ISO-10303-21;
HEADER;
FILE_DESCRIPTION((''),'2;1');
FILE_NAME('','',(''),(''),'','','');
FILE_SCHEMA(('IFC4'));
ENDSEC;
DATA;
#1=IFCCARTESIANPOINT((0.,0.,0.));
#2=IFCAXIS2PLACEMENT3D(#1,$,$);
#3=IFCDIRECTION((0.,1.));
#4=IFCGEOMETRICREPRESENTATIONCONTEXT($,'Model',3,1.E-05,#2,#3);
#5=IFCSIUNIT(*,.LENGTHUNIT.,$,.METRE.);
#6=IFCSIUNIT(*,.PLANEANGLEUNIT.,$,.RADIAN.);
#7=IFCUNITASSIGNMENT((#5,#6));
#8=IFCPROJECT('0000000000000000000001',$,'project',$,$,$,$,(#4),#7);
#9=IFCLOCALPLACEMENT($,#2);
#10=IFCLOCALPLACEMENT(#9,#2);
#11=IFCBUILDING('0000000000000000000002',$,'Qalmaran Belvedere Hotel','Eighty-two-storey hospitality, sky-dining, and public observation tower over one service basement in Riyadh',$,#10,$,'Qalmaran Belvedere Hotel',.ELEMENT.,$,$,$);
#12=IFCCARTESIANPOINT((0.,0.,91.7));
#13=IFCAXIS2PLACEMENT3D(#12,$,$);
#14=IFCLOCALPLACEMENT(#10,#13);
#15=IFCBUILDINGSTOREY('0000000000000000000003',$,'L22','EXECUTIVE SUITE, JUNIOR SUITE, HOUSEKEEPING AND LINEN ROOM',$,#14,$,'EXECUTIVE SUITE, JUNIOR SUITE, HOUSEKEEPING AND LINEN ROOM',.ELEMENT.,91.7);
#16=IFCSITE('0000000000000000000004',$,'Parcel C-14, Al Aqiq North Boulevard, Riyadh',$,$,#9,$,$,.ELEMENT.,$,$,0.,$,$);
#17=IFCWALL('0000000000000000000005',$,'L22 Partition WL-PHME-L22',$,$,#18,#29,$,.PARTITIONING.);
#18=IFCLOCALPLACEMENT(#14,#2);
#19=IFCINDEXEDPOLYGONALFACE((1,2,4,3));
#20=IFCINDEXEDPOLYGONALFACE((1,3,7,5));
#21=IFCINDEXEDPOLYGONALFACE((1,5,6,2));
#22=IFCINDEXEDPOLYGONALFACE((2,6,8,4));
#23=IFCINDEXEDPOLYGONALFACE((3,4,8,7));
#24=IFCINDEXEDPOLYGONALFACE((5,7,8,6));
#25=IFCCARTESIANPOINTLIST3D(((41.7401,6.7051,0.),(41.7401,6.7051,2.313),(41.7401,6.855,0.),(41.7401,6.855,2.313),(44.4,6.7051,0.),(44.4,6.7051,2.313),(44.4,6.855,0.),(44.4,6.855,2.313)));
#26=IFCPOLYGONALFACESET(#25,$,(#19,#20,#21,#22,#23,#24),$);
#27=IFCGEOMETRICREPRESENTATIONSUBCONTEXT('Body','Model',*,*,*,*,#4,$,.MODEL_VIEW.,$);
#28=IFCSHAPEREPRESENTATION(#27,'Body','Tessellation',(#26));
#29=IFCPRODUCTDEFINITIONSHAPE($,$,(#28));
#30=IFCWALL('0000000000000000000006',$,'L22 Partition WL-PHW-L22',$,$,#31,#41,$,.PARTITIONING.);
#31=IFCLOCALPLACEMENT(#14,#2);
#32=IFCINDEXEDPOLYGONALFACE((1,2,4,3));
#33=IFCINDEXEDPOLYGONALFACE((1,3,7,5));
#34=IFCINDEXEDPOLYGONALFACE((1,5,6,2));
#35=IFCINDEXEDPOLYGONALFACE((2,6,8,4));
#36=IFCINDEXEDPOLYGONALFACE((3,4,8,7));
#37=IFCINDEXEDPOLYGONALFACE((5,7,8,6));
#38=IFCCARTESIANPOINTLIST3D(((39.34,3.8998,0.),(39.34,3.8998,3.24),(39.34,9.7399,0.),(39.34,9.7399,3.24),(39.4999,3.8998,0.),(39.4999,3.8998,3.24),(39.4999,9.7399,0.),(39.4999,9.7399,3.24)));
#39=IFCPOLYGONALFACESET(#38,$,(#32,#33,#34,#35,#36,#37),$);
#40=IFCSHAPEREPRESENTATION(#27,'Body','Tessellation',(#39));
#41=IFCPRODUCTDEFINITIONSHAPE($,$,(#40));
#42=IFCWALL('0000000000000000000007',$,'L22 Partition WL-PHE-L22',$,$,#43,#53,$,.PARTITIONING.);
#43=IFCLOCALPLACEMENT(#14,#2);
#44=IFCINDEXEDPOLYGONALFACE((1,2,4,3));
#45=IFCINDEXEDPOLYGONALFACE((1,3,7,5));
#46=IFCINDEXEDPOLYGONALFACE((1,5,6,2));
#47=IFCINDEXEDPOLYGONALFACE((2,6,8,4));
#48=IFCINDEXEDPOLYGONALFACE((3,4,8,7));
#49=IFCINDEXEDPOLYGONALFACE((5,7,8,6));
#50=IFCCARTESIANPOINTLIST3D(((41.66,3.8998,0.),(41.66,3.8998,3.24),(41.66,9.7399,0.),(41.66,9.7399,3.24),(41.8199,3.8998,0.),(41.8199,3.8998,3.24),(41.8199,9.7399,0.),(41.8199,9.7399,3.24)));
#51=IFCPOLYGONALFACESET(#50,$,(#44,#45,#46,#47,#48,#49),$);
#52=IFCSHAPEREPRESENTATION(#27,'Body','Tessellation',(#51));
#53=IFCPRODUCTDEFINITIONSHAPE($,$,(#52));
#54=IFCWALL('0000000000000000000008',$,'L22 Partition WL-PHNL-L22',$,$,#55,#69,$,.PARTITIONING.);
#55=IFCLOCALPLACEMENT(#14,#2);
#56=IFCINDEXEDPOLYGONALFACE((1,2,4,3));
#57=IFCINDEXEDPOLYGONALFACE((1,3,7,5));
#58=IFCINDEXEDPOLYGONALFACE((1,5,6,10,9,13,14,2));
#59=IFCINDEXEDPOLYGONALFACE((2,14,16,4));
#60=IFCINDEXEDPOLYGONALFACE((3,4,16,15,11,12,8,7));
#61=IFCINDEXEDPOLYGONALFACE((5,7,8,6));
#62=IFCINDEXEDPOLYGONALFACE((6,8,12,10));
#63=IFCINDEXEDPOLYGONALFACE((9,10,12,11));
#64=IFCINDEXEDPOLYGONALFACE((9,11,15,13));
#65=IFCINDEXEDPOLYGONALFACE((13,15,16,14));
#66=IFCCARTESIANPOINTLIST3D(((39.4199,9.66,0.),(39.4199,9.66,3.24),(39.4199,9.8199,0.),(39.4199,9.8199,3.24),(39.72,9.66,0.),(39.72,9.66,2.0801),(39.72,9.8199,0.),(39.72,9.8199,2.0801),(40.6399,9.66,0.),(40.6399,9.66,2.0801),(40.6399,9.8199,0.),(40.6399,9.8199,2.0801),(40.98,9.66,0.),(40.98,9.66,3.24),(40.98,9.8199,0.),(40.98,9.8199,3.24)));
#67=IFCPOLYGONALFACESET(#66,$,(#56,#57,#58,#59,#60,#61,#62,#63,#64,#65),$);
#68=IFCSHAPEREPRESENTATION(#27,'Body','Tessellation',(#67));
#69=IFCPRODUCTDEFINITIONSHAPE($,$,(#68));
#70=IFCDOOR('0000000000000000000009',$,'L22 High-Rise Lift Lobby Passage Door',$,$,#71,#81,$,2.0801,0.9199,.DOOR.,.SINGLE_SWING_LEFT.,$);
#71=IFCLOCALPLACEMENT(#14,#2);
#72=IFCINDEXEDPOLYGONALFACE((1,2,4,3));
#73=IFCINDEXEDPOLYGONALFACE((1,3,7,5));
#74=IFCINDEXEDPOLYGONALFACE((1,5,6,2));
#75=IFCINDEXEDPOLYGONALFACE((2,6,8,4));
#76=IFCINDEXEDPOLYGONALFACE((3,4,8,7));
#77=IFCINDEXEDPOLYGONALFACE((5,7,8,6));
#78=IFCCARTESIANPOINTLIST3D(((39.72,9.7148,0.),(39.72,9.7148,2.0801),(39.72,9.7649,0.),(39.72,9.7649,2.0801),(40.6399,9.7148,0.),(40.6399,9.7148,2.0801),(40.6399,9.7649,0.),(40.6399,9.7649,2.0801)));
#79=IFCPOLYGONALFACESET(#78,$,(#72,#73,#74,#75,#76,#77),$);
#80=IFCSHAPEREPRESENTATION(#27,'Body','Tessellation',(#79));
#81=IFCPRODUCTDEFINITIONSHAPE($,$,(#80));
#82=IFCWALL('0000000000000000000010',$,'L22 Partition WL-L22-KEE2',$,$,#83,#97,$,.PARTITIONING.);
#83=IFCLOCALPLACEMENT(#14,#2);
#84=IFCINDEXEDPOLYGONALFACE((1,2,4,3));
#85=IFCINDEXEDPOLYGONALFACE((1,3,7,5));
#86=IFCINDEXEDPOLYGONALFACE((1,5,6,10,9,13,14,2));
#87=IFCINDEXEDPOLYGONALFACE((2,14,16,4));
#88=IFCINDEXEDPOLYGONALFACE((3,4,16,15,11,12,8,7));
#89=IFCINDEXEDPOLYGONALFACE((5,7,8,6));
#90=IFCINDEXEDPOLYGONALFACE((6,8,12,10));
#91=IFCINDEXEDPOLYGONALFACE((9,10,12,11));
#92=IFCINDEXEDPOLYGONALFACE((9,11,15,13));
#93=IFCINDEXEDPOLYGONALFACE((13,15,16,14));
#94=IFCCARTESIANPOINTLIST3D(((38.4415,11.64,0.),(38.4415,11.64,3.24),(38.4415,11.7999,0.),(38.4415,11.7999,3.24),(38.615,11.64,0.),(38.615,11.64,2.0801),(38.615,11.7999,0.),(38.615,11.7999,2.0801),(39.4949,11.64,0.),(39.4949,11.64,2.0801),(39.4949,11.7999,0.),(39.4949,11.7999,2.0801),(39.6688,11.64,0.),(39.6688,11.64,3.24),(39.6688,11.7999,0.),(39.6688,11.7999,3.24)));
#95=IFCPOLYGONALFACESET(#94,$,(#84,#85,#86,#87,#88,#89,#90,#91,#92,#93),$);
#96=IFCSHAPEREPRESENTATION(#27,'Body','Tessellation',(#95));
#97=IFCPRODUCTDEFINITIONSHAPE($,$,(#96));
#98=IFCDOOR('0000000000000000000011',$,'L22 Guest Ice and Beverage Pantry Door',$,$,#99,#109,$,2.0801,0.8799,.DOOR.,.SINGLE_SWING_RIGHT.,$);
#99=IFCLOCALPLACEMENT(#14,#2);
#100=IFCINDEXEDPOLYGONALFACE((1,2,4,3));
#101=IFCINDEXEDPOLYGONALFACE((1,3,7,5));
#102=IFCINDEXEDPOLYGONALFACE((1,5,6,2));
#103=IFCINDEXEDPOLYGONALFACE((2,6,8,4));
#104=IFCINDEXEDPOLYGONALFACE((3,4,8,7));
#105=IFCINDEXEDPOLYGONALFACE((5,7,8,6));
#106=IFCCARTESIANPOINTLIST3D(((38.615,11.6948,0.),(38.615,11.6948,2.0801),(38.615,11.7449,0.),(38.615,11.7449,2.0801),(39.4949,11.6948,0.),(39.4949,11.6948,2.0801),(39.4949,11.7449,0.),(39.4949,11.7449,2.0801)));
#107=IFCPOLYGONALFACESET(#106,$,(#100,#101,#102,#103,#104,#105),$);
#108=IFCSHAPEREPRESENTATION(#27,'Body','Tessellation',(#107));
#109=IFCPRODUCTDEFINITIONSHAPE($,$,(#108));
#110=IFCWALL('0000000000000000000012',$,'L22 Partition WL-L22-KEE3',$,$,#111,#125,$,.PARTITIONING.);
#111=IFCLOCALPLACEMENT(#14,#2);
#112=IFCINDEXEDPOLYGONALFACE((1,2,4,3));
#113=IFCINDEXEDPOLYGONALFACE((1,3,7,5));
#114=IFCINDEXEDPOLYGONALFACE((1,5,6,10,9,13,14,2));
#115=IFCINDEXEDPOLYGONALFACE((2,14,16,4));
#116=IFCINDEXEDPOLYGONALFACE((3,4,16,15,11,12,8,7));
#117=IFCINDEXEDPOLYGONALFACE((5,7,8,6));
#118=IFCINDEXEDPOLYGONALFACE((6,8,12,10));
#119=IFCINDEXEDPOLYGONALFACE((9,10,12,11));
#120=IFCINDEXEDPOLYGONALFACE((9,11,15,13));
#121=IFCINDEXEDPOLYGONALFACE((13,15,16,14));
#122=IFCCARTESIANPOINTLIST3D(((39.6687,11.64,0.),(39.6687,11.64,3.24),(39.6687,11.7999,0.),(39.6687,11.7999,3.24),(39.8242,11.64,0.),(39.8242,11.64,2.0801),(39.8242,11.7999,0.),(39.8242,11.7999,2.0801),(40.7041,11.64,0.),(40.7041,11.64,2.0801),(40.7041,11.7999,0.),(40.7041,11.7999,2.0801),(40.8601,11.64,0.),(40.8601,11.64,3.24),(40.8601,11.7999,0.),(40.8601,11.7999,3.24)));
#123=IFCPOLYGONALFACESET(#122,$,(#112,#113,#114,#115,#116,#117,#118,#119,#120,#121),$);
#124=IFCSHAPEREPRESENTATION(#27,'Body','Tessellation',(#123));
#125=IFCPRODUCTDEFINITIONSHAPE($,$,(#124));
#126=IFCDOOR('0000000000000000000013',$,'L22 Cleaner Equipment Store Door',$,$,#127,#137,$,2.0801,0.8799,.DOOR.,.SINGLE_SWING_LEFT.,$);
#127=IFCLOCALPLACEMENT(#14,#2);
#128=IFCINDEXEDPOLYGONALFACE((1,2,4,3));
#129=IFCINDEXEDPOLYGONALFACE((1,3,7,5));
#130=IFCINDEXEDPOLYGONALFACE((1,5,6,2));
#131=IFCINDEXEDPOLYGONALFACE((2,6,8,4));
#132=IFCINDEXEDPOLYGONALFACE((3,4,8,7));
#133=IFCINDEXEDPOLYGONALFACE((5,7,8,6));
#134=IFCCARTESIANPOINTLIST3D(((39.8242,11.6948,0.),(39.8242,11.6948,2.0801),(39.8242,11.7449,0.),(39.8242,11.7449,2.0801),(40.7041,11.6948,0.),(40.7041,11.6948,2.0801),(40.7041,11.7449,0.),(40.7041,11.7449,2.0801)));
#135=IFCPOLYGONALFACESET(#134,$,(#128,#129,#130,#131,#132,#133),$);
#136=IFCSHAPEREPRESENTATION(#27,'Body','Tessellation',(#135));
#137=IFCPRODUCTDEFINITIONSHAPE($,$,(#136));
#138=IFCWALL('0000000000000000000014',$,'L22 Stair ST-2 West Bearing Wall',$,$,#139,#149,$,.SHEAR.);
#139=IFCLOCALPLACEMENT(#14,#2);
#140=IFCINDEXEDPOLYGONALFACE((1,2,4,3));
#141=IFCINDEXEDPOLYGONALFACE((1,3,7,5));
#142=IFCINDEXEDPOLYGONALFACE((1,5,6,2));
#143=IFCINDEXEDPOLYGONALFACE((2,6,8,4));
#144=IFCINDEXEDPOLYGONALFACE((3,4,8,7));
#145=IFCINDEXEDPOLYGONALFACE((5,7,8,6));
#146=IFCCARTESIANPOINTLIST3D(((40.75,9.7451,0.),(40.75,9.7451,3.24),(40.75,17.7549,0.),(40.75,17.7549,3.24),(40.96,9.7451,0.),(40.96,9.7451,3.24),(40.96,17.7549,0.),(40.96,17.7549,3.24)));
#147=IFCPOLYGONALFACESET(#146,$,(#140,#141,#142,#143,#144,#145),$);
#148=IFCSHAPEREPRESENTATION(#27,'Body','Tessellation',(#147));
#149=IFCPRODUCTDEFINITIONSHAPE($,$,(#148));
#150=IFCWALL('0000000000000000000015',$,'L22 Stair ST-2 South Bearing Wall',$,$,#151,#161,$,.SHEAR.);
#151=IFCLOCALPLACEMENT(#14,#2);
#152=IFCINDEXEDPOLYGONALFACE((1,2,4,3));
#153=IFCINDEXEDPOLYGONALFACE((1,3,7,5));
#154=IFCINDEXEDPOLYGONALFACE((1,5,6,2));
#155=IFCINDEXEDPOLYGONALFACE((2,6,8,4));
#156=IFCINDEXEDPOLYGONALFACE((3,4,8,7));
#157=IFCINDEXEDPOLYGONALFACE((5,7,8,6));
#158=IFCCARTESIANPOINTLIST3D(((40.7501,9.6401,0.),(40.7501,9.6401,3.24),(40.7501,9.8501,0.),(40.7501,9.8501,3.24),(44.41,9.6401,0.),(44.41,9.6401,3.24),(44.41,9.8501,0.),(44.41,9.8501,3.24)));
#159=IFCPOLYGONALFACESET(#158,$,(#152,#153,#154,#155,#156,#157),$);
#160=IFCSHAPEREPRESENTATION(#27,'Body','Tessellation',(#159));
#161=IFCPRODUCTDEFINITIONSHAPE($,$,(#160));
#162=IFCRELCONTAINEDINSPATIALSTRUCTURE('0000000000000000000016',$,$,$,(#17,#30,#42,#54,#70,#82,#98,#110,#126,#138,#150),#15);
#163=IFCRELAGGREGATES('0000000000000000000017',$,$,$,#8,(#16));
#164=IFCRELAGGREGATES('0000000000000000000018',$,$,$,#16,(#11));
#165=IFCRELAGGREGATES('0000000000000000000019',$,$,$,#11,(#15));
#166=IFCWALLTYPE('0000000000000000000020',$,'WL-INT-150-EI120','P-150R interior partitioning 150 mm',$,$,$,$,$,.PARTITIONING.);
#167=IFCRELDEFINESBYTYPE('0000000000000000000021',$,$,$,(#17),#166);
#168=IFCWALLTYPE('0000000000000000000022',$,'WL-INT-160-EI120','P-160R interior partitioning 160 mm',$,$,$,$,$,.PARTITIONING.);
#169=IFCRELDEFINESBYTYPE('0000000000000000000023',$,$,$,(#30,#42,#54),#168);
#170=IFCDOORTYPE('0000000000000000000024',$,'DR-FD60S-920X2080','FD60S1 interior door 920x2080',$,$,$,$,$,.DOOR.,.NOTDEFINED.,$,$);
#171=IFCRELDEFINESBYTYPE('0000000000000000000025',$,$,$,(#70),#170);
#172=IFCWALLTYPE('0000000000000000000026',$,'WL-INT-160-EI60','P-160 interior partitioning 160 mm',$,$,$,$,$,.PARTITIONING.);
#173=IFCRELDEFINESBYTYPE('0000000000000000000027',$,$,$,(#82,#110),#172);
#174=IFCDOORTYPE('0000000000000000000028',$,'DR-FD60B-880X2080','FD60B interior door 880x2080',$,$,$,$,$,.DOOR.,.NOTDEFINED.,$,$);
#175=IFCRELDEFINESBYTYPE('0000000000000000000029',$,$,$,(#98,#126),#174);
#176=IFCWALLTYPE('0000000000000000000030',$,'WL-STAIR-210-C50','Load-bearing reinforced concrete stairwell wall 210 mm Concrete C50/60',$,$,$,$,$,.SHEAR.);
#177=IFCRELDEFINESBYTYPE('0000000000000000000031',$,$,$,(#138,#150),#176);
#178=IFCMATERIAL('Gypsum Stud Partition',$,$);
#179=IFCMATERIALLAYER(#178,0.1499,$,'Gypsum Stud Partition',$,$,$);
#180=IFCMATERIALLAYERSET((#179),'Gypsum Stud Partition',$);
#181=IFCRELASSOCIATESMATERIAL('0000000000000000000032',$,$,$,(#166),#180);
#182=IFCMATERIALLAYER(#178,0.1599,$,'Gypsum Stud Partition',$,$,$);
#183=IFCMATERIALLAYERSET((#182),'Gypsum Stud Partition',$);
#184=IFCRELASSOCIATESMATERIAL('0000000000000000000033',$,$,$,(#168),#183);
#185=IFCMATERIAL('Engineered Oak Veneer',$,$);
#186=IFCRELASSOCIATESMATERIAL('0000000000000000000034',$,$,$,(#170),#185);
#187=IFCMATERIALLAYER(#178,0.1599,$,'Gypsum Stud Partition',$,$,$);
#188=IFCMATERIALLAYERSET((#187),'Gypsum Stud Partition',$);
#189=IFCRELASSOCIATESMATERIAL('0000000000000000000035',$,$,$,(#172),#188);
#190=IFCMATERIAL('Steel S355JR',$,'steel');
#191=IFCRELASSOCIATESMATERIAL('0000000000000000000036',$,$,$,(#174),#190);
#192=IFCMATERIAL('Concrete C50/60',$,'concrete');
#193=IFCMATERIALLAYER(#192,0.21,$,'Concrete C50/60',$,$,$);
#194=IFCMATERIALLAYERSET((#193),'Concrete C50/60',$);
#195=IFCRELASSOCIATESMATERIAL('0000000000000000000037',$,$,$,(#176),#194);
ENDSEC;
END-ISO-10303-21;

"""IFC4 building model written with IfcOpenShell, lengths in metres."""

from ifc_helpers import new_model, si_unit, direction, frame, frame_2d, origin, place, context, subcontext, project, spatial, rectangle, extrude, material, layer, layer_set, type_object, element, fill, save


model = new_model("IFC4")

# Units and contexts
model_context = context("Model", 3, precision=1e-05, world=origin(), true_north=direction((0.0, 1.0)))
body_context = subcontext(model_context, "Body", "Model", "MODEL_VIEW")
ifc_project = project(units=[si_unit("LENGTHUNIT", "METRE"), si_unit("PLANEANGLEUNIT", "RADIAN")], contexts=[model_context])

# Site, building, storey
site_placement = place(None, origin())
site = spatial("IfcSite", under=ifc_project, at=site_placement, Name="Parcel C-14, Al Aqiq North Boulevard, Riyadh", CompositionType="ELEMENT", RefElevation=0.0)
building_placement = place(site_placement, origin())
building = spatial("IfcBuilding", under=site, at=building_placement, Name="Qalmaran Belvedere Hotel", Description="Eighty-two-storey hospitality, sky-dining, and public observation tower over one service basement in Riyadh", LongName="Qalmaran Belvedere Hotel", CompositionType="ELEMENT")
storey_placement = place(building_placement, frame((0.0, 0.0, 91.7)))
storey = spatial("IfcBuildingStorey", under=building, at=storey_placement, Name="L22", Description="EXECUTIVE SUITE, JUNIOR SUITE, HOUSEKEEPING AND LINEN ROOM", LongName="EXECUTIVE SUITE, JUNIOR SUITE, HOUSEKEEPING AND LINEN ROOM", CompositionType="ELEMENT", Elevation=91.7)

# Walls
ifc_material_1 = material(Name="Gypsum Stud Partition")
ifc_layer_1 = layer(ifc_material_1, 0.1499, Name="Gypsum Stud Partition")
ifc_layer_set_1 = layer_set([ifc_layer_1], Name="Gypsum Stud Partition")
wall_type_1 = type_object("IfcWallType", Name="WL-INT-150-EI120", Description="P-150R interior partitioning 150 mm", PredefinedType="PARTITIONING", material=ifc_layer_set_1)
wall_1_placement = place(storey_placement, frame((41.74, 6.78, 0.0), z_axis=(0.0, 0.0, 1.0), x_axis=(1.0, 0.0, 0.0)))
element("IfcWall", 1, at=wall_1_placement, inside=storey, type_object=wall_type_1, Name="L22 Partition WL-PHME-L22", PredefinedType="PARTITIONING", context=body_context, shape_type="SweptSolid", body=[
    extrude(rectangle(XDim=2.6599, YDim=0.1499, at=frame_2d((1.3301, 0.0))), origin(), (0.0, 0.0, 1.0), 2.313),
])
ifc_layer_2 = layer(ifc_material_1, 0.1599, Name="Gypsum Stud Partition")
ifc_layer_set_2 = layer_set([ifc_layer_2], Name="Gypsum Stud Partition")
wall_type_2 = type_object("IfcWallType", Name="WL-INT-160-EI120", Description="P-160R interior partitioning 160 mm", PredefinedType="PARTITIONING", material=ifc_layer_set_2)
for number, where, z_axis, x_axis, name in (
    (2, (39.4199, 3.8999, 0.0), (0.0, 0.0, 1.0), (0.0, 1.0, 0.0), "L22 Partition WL-PHW-L22"),
    (3, (41.74, 3.8999, 0.0), (0.0, 0.0, 1.0), (0.0, 1.0, 0.0), "L22 Partition WL-PHE-L22"),
):
    element("IfcWall", number, at=place(storey_placement, frame(where, z_axis=z_axis, x_axis=x_axis)), inside=storey, type_object=wall_type_2, Name=name, PredefinedType="PARTITIONING", context=body_context, shape_type="SweptSolid", body=[
        extrude(rectangle(XDim=5.8401, YDim=0.1599, at=frame_2d((2.9199, 0.0))), origin(), (0.0, 0.0, 1.0), 3.24),
    ])

# Walls, openings, doors
wall_2_placement = place(storey_placement, frame((39.4199, 9.74, 0.0), z_axis=(0.0, 0.0, 1.0), x_axis=(1.0, 0.0, 0.0)))
wall_2 = element("IfcWall", 4, at=wall_2_placement, inside=storey, type_object=wall_type_2, Name="L22 Partition WL-PHNL-L22", PredefinedType="PARTITIONING", context=body_context, shape_type="SweptSolid", body=[
    extrude(rectangle(XDim=1.5601, YDim=0.1599, at=frame_2d((0.78, 0.0))), origin(), (0.0, 0.0, 1.0), 3.24),
])
opening_1_placement = place(wall_2_placement, frame((0.3, 0.0, 0.0)))
opening_1 = element("IfcOpeningElement", 5, at=opening_1_placement, cuts=wall_2, PredefinedType="OPENING", context=body_context, shape_type="SweptSolid", body=[
    extrude(rectangle(XDim=0.9199, YDim=2.0801, at=frame_2d((0.46, 1.04))), frame((0.0, 0.0898, 0.0), z_axis=(0.0, -1.0, 0.0), x_axis=(1.0, 0.0, 0.0)), (0.0, 0.0, 1.0), 0.1799),
])
ifc_material_2 = material(Name="Engineered Oak Veneer")
door_type_1 = type_object("IfcDoorType", Name="DR-FD60S-920X2080", Description="FD60S1 interior door 920x2080", OperationType="NOTDEFINED", PredefinedType="DOOR", material=ifc_material_2)
door_1_placement = place(opening_1_placement, origin())
door_1 = element("IfcDoor", 6, at=door_1_placement, inside=storey, type_object=door_type_1, Name="L22 High-Rise Lift Lobby Passage Door", OperationType="SINGLE_SWING_LEFT", OverallHeight=2.0801, OverallWidth=0.9199, PredefinedType="DOOR", context=body_context, shape_type="SweptSolid", body=[
    extrude(rectangle(XDim=0.9199, YDim=2.0801, at=frame_2d((0.46, 1.04))), frame((0.0, 0.0249, 0.0), z_axis=(0.0, -1.0, 0.0), x_axis=(1.0, 0.0, 0.0)), (0.0, 0.0, 1.0), 0.05),
])
fill(opening_1, door_1)
ifc_layer_3 = layer(ifc_material_1, 0.1599, Name="Gypsum Stud Partition")
ifc_layer_set_3 = layer_set([ifc_layer_3], Name="Gypsum Stud Partition")
wall_type_3 = type_object("IfcWallType", Name="WL-INT-160-EI60", Description="P-160 interior partitioning 160 mm", PredefinedType="PARTITIONING", material=ifc_layer_set_3)
wall_3_placement = place(storey_placement, frame((38.4414, 11.72, 0.0), z_axis=(0.0, 0.0, 1.0), x_axis=(1.0, 0.0, 0.0)))
wall_3 = element("IfcWall", 7, at=wall_3_placement, inside=storey, type_object=wall_type_3, Name="L22 Partition WL-L22-KEE2", PredefinedType="PARTITIONING", context=body_context, shape_type="SweptSolid", body=[
    extrude(rectangle(XDim=1.2273, YDim=0.1599, at=frame_2d((0.6138, 0.0))), origin(), (0.0, 0.0, 1.0), 3.24),
])
opening_2_placement = place(wall_3_placement, frame((0.1736, 0.0, 0.0)))
opening_2 = element("IfcOpeningElement", 8, at=opening_2_placement, cuts=wall_3, PredefinedType="OPENING", context=body_context, shape_type="SweptSolid", body=[
    extrude(rectangle(XDim=0.8799, YDim=2.0801, at=frame_2d((0.4399, 1.04))), frame((0.0, 0.0898, 0.0), z_axis=(0.0, -1.0, 0.0), x_axis=(1.0, 0.0, 0.0)), (0.0, 0.0, 1.0), 0.1799),
])
ifc_material_3 = material(Name="Steel S355JR", Category="steel")
door_type_2 = type_object("IfcDoorType", Name="DR-FD60B-880X2080", Description="FD60B interior door 880x2080", OperationType="NOTDEFINED", PredefinedType="DOOR", material=ifc_material_3)
door_2_placement = place(opening_2_placement, origin())
door_2 = element("IfcDoor", 9, at=door_2_placement, inside=storey, type_object=door_type_2, Name="L22 Guest Ice and Beverage Pantry Door", OperationType="SINGLE_SWING_RIGHT", OverallHeight=2.0801, OverallWidth=0.8799, PredefinedType="DOOR", context=body_context, shape_type="SweptSolid", body=[
    extrude(rectangle(XDim=0.8799, YDim=2.0801, at=frame_2d((0.4399, 1.04))), frame((0.0, 0.0249, 0.0), z_axis=(0.0, -1.0, 0.0), x_axis=(1.0, 0.0, 0.0)), (0.0, 0.0, 1.0), 0.05),
])
fill(opening_2, door_2)
wall_4_placement = place(storey_placement, frame((39.6687, 11.72, 0.0), z_axis=(0.0, 0.0, 1.0), x_axis=(1.0, 0.0, 0.0)))
wall_4 = element("IfcWall", 10, at=wall_4_placement, inside=storey, type_object=wall_type_3, Name="L22 Partition WL-L22-KEE3", PredefinedType="PARTITIONING", context=body_context, shape_type="SweptSolid", body=[
    extrude(rectangle(XDim=1.1914, YDim=0.1599, at=frame_2d((0.5957, 0.0))), origin(), (0.0, 0.0, 1.0), 3.24),
])
opening_3_placement = place(wall_4_placement, frame((0.1555, 0.0, 0.0)))
opening_3 = element("IfcOpeningElement", 11, at=opening_3_placement, cuts=wall_4, PredefinedType="OPENING", context=body_context, shape_type="SweptSolid", body=[
    extrude(rectangle(XDim=0.8799, YDim=2.0801, at=frame_2d((0.4399, 1.04))), frame((0.0, 0.0898, 0.0), z_axis=(0.0, -1.0, 0.0), x_axis=(1.0, 0.0, 0.0)), (0.0, 0.0, 1.0), 0.1799),
])
door_3_placement = place(opening_3_placement, origin())
door_3 = element("IfcDoor", 12, at=door_3_placement, inside=storey, type_object=door_type_2, Name="L22 Cleaner Equipment Store Door", OperationType="SINGLE_SWING_LEFT", OverallHeight=2.0801, OverallWidth=0.8799, PredefinedType="DOOR", context=body_context, shape_type="SweptSolid", body=[
    extrude(rectangle(XDim=0.8799, YDim=2.0801, at=frame_2d((0.4399, 1.04))), frame((0.0, 0.0249, 0.0), z_axis=(0.0, -1.0, 0.0), x_axis=(1.0, 0.0, 0.0)), (0.0, 0.0, 1.0), 0.05),
])
fill(opening_3, door_3)

# Walls
ifc_material_4 = material(Name="Concrete C50/60", Category="concrete")
ifc_layer_4 = layer(ifc_material_4, 0.21, Name="Concrete C50/60")
ifc_layer_set_4 = layer_set([ifc_layer_4], Name="Concrete C50/60")
wall_type_4 = type_object("IfcWallType", Name="WL-STAIR-210-C50", Description="Load-bearing reinforced concrete stairwell wall 210 mm Concrete C50/60", PredefinedType="SHEAR", material=ifc_layer_set_4)
wall_5_placement = place(storey_placement, frame((40.855, 9.7451, 0.0), z_axis=(0.0, 0.0, 1.0), x_axis=(0.0, 1.0, 0.0)))
element("IfcWall", 13, at=wall_5_placement, inside=storey, type_object=wall_type_4, Name="L22 Stair ST-2 West Bearing Wall", PredefinedType="SHEAR", context=body_context, shape_type="SweptSolid", body=[
    extrude(rectangle(XDim=8.0098, YDim=0.21, at=frame_2d((4.0049, 0.0))), origin(), (0.0, 0.0, 1.0), 3.24),
])
wall_6_placement = place(storey_placement, frame((40.75, 9.7451, 0.0), z_axis=(0.0, 0.0, 1.0), x_axis=(1.0, 0.0, 0.0)))
element("IfcWall", 14, at=wall_6_placement, inside=storey, type_object=wall_type_4, Name="L22 Stair ST-2 South Bearing Wall", PredefinedType="SHEAR", context=body_context, shape_type="SweptSolid", body=[
    extrude(rectangle(XDim=3.6599, YDim=0.21, at=frame_2d((1.8301, 0.0))), origin(), (0.0, 0.0, 1.0), 3.24),
])

save(model, "model.ifc")
